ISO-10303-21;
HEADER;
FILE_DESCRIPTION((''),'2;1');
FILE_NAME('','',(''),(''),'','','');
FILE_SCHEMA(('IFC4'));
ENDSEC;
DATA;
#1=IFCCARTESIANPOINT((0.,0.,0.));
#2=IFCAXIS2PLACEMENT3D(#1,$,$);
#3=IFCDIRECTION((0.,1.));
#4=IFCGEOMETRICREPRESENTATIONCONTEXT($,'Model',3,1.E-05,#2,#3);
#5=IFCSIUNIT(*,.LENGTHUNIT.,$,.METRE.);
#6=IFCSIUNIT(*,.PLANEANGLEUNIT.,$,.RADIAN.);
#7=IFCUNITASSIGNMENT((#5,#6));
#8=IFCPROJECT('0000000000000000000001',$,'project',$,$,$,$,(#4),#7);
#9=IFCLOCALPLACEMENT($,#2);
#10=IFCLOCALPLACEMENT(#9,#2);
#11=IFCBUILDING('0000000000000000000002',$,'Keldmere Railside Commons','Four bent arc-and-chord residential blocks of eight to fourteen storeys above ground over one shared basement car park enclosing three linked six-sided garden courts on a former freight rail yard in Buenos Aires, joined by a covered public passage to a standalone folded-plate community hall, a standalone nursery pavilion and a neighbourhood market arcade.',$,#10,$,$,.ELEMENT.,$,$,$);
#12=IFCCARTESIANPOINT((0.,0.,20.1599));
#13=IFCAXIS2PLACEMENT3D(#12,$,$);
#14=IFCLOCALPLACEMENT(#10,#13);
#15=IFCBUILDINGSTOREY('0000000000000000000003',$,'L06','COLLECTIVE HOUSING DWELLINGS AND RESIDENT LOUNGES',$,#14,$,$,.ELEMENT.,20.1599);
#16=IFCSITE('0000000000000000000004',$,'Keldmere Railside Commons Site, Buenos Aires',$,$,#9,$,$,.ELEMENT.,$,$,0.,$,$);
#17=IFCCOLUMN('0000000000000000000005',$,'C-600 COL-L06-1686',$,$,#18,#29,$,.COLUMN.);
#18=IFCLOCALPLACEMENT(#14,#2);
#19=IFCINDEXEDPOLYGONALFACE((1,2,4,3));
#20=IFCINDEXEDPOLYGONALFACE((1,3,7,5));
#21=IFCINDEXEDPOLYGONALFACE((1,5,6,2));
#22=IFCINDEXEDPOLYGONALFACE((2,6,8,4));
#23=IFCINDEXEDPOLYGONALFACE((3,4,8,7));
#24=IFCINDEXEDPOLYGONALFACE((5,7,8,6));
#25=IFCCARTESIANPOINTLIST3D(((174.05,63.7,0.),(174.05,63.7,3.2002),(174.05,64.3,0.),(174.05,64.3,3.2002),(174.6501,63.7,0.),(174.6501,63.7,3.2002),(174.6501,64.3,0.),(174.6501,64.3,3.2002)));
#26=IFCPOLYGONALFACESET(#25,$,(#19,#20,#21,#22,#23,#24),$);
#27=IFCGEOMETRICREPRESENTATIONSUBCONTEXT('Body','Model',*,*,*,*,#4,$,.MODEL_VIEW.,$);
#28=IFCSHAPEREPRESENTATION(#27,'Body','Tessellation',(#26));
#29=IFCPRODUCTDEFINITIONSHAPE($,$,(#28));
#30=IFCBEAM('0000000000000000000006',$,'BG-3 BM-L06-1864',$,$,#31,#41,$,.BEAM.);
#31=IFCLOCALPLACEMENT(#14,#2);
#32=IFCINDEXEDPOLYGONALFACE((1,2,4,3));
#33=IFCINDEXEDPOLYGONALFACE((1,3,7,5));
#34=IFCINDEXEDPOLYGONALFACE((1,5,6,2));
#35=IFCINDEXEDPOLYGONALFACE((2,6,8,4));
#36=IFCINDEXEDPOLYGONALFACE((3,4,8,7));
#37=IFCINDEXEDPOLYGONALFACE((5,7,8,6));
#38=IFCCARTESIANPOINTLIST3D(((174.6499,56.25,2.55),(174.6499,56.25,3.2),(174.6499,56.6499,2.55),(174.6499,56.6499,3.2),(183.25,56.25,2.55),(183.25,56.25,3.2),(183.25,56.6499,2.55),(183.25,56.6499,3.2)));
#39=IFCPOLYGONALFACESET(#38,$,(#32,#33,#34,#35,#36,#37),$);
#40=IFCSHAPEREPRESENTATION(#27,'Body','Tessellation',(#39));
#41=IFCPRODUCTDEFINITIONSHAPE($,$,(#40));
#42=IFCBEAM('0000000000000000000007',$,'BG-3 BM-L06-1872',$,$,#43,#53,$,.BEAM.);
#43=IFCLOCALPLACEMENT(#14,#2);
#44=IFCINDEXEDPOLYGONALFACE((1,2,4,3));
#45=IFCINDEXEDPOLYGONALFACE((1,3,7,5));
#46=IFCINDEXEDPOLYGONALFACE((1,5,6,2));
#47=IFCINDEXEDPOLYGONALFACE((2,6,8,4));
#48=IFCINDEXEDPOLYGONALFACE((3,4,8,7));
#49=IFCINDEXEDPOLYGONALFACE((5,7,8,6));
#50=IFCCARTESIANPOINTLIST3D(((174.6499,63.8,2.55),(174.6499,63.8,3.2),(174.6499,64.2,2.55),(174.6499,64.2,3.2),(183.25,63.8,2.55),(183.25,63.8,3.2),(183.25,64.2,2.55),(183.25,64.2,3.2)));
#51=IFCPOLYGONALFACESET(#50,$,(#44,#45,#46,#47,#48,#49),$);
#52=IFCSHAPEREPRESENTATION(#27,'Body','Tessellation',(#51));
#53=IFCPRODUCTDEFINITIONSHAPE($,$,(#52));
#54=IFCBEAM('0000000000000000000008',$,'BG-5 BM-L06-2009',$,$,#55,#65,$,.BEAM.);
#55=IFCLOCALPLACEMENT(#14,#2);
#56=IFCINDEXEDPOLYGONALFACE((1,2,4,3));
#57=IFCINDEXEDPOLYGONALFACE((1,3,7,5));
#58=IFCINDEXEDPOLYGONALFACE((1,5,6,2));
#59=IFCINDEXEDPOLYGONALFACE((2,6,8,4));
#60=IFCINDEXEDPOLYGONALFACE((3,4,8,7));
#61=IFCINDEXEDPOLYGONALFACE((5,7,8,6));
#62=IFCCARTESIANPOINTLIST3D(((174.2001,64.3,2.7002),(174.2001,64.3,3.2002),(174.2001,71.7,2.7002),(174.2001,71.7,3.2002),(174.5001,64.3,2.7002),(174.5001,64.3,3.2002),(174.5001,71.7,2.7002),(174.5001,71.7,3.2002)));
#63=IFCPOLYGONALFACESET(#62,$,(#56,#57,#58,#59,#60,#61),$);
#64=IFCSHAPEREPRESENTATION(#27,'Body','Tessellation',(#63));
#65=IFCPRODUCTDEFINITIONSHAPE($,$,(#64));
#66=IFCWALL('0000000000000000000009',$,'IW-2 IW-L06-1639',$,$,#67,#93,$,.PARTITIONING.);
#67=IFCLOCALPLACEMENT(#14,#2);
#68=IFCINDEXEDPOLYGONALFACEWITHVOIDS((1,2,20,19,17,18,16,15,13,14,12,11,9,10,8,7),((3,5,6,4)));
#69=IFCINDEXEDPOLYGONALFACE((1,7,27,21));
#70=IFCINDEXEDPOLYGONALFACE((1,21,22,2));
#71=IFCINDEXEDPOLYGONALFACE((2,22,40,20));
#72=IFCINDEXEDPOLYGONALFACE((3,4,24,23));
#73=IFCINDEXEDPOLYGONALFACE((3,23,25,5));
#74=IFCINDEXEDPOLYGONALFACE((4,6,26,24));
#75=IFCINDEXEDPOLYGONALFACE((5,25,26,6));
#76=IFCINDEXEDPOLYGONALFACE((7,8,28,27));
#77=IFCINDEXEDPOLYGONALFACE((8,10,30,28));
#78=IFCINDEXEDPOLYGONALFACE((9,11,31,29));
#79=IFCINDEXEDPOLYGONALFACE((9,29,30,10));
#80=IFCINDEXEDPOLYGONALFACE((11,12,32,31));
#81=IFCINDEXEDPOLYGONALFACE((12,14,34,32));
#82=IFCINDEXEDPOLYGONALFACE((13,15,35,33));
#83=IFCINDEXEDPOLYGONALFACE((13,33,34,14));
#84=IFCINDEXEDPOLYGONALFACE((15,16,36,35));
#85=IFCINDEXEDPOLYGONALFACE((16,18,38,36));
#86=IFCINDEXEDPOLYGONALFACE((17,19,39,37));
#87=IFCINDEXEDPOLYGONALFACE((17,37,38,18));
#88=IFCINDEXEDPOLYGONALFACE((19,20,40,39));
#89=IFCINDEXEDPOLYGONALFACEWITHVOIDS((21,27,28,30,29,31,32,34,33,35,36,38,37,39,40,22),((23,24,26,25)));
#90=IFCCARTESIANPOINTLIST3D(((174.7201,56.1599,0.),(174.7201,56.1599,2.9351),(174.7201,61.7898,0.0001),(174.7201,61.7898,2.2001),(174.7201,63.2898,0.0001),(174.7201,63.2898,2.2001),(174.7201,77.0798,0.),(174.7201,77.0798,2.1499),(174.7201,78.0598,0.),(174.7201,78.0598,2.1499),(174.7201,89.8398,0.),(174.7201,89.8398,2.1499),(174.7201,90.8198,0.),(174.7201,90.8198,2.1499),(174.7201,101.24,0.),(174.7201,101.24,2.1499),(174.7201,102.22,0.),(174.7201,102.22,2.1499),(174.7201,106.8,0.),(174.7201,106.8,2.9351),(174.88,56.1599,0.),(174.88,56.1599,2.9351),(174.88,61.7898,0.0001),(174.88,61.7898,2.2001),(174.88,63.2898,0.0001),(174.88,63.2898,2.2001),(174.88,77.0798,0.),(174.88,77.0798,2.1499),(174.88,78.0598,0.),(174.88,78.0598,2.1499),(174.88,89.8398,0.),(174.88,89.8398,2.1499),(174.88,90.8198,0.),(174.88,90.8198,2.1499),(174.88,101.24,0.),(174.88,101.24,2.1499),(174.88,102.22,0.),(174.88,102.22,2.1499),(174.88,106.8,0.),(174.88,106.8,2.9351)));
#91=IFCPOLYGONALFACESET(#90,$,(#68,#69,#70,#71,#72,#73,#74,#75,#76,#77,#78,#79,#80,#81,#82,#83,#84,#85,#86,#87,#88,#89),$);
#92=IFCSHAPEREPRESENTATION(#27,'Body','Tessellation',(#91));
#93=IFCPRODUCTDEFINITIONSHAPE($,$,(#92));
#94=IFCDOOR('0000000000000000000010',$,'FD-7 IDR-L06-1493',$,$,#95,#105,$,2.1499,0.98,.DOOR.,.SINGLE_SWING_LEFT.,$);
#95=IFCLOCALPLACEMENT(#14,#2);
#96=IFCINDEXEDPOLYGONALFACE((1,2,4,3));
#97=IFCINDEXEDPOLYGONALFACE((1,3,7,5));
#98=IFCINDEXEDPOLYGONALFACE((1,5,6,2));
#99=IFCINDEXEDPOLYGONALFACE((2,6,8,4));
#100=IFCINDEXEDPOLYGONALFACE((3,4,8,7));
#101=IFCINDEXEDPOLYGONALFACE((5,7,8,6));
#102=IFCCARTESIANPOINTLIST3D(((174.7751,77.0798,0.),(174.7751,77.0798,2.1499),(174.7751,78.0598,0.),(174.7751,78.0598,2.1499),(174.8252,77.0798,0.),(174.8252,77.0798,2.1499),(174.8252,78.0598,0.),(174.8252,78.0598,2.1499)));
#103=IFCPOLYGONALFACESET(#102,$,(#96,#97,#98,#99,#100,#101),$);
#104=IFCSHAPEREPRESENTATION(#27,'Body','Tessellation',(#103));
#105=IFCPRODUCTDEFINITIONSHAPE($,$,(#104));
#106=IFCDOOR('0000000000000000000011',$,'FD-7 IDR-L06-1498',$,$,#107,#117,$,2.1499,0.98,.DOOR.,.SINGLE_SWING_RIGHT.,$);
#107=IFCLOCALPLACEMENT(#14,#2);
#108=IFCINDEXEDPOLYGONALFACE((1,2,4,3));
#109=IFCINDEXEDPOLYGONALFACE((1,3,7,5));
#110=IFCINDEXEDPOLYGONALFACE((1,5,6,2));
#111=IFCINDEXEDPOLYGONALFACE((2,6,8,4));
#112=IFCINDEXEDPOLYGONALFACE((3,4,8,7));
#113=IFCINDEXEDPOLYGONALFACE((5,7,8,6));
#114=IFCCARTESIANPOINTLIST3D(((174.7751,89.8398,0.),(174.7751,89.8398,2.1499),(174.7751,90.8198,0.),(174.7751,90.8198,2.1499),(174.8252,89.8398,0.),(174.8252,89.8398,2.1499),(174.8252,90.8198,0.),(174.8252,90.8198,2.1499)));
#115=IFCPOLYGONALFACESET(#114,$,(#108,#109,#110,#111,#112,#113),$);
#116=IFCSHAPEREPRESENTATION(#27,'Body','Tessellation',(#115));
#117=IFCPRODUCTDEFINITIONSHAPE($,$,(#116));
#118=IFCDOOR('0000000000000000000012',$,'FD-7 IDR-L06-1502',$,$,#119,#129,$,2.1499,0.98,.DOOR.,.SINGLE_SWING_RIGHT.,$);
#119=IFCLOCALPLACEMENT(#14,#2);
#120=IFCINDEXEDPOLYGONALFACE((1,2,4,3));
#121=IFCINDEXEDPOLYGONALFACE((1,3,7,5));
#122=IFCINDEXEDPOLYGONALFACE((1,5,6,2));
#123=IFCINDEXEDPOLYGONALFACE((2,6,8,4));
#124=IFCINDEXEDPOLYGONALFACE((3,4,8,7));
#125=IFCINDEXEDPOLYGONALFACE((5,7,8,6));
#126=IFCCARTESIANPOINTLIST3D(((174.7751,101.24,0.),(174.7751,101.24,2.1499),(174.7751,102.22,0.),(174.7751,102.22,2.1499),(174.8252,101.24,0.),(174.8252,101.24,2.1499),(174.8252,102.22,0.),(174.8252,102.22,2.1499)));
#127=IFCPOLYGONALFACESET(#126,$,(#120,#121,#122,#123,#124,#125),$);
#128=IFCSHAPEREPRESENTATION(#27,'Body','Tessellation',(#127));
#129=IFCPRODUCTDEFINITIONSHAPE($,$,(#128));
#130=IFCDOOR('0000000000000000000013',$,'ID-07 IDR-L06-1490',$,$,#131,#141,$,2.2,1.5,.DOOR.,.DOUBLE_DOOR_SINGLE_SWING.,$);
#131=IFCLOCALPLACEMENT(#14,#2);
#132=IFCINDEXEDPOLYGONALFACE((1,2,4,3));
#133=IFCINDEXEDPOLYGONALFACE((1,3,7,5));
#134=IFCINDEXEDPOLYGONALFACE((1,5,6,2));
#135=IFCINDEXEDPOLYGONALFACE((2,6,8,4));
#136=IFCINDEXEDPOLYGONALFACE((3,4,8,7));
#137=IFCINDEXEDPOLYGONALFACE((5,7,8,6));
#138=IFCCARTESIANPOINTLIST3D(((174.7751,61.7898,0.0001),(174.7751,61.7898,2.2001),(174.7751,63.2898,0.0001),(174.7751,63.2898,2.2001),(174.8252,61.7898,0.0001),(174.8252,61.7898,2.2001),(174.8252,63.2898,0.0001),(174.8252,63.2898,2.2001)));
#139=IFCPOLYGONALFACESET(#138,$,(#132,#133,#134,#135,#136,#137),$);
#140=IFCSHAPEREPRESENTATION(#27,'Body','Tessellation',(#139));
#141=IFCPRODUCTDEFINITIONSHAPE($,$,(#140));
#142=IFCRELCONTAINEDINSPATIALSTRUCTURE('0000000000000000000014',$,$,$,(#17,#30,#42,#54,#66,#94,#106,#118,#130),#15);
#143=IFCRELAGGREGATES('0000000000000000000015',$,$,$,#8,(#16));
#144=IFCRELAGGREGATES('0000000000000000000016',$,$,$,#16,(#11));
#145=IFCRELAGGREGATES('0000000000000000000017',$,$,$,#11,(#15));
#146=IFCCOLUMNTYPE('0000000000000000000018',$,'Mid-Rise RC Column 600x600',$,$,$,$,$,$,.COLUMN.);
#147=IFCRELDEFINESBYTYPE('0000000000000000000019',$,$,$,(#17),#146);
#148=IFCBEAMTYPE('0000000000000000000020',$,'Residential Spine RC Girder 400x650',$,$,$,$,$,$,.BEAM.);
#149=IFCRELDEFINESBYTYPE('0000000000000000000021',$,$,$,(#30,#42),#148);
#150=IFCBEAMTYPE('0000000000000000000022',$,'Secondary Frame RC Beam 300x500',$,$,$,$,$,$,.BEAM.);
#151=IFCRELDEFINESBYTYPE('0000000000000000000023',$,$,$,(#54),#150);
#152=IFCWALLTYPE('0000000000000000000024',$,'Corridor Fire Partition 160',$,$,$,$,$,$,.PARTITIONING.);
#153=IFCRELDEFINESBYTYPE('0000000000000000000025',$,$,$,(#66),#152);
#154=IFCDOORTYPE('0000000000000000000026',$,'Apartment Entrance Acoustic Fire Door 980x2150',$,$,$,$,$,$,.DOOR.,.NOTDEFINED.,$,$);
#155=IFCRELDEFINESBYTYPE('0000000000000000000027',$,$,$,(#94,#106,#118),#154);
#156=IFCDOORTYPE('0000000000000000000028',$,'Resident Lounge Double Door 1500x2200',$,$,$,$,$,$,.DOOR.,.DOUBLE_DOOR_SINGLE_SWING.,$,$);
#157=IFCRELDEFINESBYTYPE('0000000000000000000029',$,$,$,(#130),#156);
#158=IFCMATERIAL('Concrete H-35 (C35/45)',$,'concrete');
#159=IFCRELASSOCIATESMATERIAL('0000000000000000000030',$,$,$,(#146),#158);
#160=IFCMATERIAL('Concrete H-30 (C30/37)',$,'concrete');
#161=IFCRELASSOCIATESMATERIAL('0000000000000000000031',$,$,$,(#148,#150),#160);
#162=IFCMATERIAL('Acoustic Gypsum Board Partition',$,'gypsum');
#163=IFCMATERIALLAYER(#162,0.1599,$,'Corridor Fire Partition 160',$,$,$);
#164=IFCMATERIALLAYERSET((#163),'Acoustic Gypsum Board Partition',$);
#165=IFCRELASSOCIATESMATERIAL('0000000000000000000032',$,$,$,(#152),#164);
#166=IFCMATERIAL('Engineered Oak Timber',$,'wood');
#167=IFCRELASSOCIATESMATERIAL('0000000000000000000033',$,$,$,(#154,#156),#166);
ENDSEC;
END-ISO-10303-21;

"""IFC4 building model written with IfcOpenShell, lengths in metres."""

from ifc_helpers import new_model, si_unit, direction, frame, frame_2d, origin, origin_2d, place, context, subcontext, project, spatial, rectangle, extrude, material, layer, layer_set, material_profile, profile_set, type_object, element, fill, save


model = new_model("IFC4")

# Units and contexts
model_context = context("Model", 3, precision=1e-05, world=origin(), true_north=direction((0.0, 1.0)))
body_context = subcontext(model_context, "Body", "Model", "MODEL_VIEW")
ifc_project = project(units=[si_unit("LENGTHUNIT", "METRE"), si_unit("PLANEANGLEUNIT", "RADIAN")], contexts=[model_context])

# Site, building, storey
site_placement = place(None, origin())
site = spatial("IfcSite", under=ifc_project, at=site_placement, Name="Keldmere Railside Commons Site, Buenos Aires", CompositionType="ELEMENT", RefElevation=0.0)
building_placement = place(site_placement, origin())
building = spatial("IfcBuilding", under=site, at=building_placement, Name="Keldmere Railside Commons", Description="Four bent arc-and-chord residential blocks of eight to fourteen storeys above ground over one shared basement car park enclosing three linked six-sided garden courts on a former freight rail yard in Buenos Aires, joined by a covered public passage to a standalone folded-plate community hall, a standalone nursery pavilion and a neighbourhood market arcade.", CompositionType="ELEMENT")
storey_placement = place(building_placement, frame((0.0, 0.0, 20.1599)))
storey = spatial("IfcBuildingStorey", under=building, at=storey_placement, Name="L06", Description="COLLECTIVE HOUSING DWELLINGS AND RESIDENT LOUNGES", CompositionType="ELEMENT", Elevation=20.1599)

# Column
ifc_material_1 = material(Name="Concrete H-35 (C35/45)", Category="concrete")
ifc_material_profile_1 = material_profile(ifc_material_1, rectangle(XDim=0.6001, YDim=0.6001, at=origin_2d()), Name="RC-600x600")
ifc_profile_set_1 = profile_set([ifc_material_profile_1], Name="Concrete H-35 (C35/45)")
column_type = type_object("IfcColumnType", Name="Mid-Rise RC Column 600x600", PredefinedType="COLUMN", material=ifc_profile_set_1)
column_placement = place(storey_placement, frame((174.3501, 64.0, 0.0), z_axis=(0.0, 0.0, 1.0), x_axis=(1.0, 0.0, 0.0)))
element("IfcColumn", 1, at=column_placement, inside=storey, type_object=column_type, Name="C-600 COL-L06-1686", PredefinedType="COLUMN", context=body_context, shape_type="SweptSolid", body=[
    extrude(rectangle(XDim=0.6001, YDim=0.6001, at=origin_2d()), origin(), (0.0, 0.0, 1.0), 3.2002),
])

# Beams
ifc_material_2 = material(Name="Concrete H-30 (C30/37)", Category="concrete")
ifc_material_profile_2 = material_profile(ifc_material_2, rectangle(XDim=0.3999, YDim=0.6499, at=origin_2d()), Name="RC-400x650")
ifc_profile_set_2 = profile_set([ifc_material_profile_2], Name="Concrete H-30 (C30/37)")
beam_type_1 = type_object("IfcBeamType", Name="Residential Spine RC Girder 400x650", PredefinedType="BEAM", material=ifc_profile_set_2)
for number, where, z_axis, x_axis, name in (
    (2, (174.6499, 56.45, 2.875), (1.0, 0.0, 0.0), (0.0, 1.0, 0.0), "BG-3 BM-L06-1864"),
    (3, (174.6499, 64.0, 2.875), (1.0, 0.0, 0.0), (0.0, 1.0, 0.0), "BG-3 BM-L06-1872"),
):
    element("IfcBeam", number, at=place(storey_placement, frame(where, z_axis=z_axis, x_axis=x_axis)), inside=storey, type_object=beam_type_1, Name=name, PredefinedType="BEAM", context=body_context, shape_type="SweptSolid", body=[
        extrude(rectangle(XDim=0.3999, YDim=0.6499, at=origin_2d()), origin(), (0.0, 0.0, 1.0), 8.6001),
    ])
ifc_material_profile_3 = material_profile(ifc_material_2, rectangle(XDim=0.3, YDim=0.5, at=origin_2d()), Name="RC-300x500")
ifc_profile_set_3 = profile_set([ifc_material_profile_3], Name="Concrete H-30 (C30/37)")
beam_type_2 = type_object("IfcBeamType", Name="Secondary Frame RC Beam 300x500", PredefinedType="BEAM", material=ifc_profile_set_3)
beam_placement = place(storey_placement, frame((174.3501, 64.3, 2.9502), z_axis=(0.0, 1.0, 0.0), x_axis=(-1.0, 0.0, 0.0)))
element("IfcBeam", 4, at=beam_placement, inside=storey, type_object=beam_type_2, Name="BG-5 BM-L06-2009", PredefinedType="BEAM", context=body_context, shape_type="SweptSolid", body=[
    extrude(rectangle(XDim=0.3, YDim=0.5, at=origin_2d()), origin(), (0.0, 0.0, 1.0), 7.3999),
])

# Wall, openings, doors
ifc_material_3 = material(Name="Acoustic Gypsum Board Partition", Category="gypsum")
ifc_layer = layer(ifc_material_3, 0.1599, Name="Corridor Fire Partition 160")
ifc_layer_set = layer_set([ifc_layer], Name="Acoustic Gypsum Board Partition")
wall_type = type_object("IfcWallType", Name="Corridor Fire Partition 160", PredefinedType="PARTITIONING", material=ifc_layer_set)
wall_1_placement = place(storey_placement, frame((174.8, 56.1599, 0.0), z_axis=(0.0, 0.0, 1.0), x_axis=(0.0, 1.0, 0.0)))
wall_1 = element("IfcWall", 5, at=wall_1_placement, inside=storey, type_object=wall_type, Name="IW-2 IW-L06-1639", PredefinedType="PARTITIONING", context=body_context, shape_type="SweptSolid", body=[
    extrude(rectangle(XDim=50.6401, YDim=0.1599, at=frame_2d((25.3201, 0.0))), origin(), (0.0, 0.0, 1.0), 2.9351),
])
opening_1_placement = place(wall_1_placement, frame((5.6299, 0.0, 0.0)))
opening_1 = element("IfcOpeningElement", 6, at=opening_1_placement, cuts=wall_1, PredefinedType="OPENING", context=body_context, shape_type="SweptSolid", body=[
    extrude(rectangle(XDim=1.5, YDim=2.2, at=frame_2d((0.75, 1.1001))), frame((0.0, 0.0898, 0.0), z_axis=(0.0, -1.0, 0.0), x_axis=(1.0, 0.0, 0.0)), (0.0, 0.0, 1.0), 0.1799),
])
opening_2_placement = place(wall_1_placement, frame((20.9199, 0.0, 0.0)))
opening_2 = element("IfcOpeningElement", 7, at=opening_2_placement, cuts=wall_1, PredefinedType="OPENING", context=body_context, shape_type="SweptSolid", body=[
    extrude(rectangle(XDim=0.98, YDim=2.1499, at=frame_2d((0.49, 1.075))), frame((0.0, 0.0898, 0.0), z_axis=(0.0, -1.0, 0.0), x_axis=(1.0, 0.0, 0.0)), (0.0, 0.0, 1.0), 0.1799),
])
opening_3_placement = place(wall_1_placement, frame((33.6799, 0.0, 0.0)))
opening_3 = element("IfcOpeningElement", 8, at=opening_3_placement, cuts=wall_1, PredefinedType="OPENING", context=body_context, shape_type="SweptSolid", body=[
    extrude(rectangle(XDim=0.98, YDim=2.1499, at=frame_2d((0.49, 1.075))), frame((0.0, 0.0898, 0.0), z_axis=(0.0, -1.0, 0.0), x_axis=(1.0, 0.0, 0.0)), (0.0, 0.0, 1.0), 0.1799),
])
opening_4_placement = place(wall_1_placement, frame((45.0801, 0.0, 0.0)))
opening_4 = element("IfcOpeningElement", 9, at=opening_4_placement, cuts=wall_1, PredefinedType="OPENING", context=body_context, shape_type="SweptSolid", body=[
    extrude(rectangle(XDim=0.98, YDim=2.1499, at=frame_2d((0.49, 1.075))), frame((0.0, 0.0898, 0.0), z_axis=(0.0, -1.0, 0.0), x_axis=(1.0, 0.0, 0.0)), (0.0, 0.0, 1.0), 0.1799),
])
ifc_material_4 = material(Name="Engineered Oak Timber", Category="wood")
door_type_1 = type_object("IfcDoorType", Name="Apartment Entrance Acoustic Fire Door 980x2150", OperationType="NOTDEFINED", PredefinedType="DOOR", material=ifc_material_4)
door_1_placement = place(opening_2_placement, origin())
door_1 = element("IfcDoor", 10, at=door_1_placement, inside=storey, type_object=door_type_1, Name="FD-7 IDR-L06-1493", OperationType="SINGLE_SWING_LEFT", OverallHeight=2.1499, OverallWidth=0.98, PredefinedType="DOOR", context=body_context, shape_type="SweptSolid", body=[
    extrude(rectangle(XDim=0.98, YDim=2.1499, at=frame_2d((0.49, 1.075))), frame((0.0, 0.0249, 0.0), z_axis=(0.0, -1.0, 0.0), x_axis=(1.0, 0.0, 0.0)), (0.0, 0.0, 1.0), 0.05),
])
fill(opening_2, door_1)
door_2_placement = place(opening_3_placement, origin())
door_2 = element("IfcDoor", 11, at=door_2_placement, inside=storey, type_object=door_type_1, Name="FD-7 IDR-L06-1498", OperationType="SINGLE_SWING_RIGHT", OverallHeight=2.1499, OverallWidth=0.98, PredefinedType="DOOR", context=body_context, shape_type="SweptSolid", body=[
    extrude(rectangle(XDim=0.98, YDim=2.1499, at=frame_2d((0.49, 1.075))), frame((0.0, 0.0249, 0.0), z_axis=(0.0, -1.0, 0.0), x_axis=(1.0, 0.0, 0.0)), (0.0, 0.0, 1.0), 0.05),
])
fill(opening_3, door_2)
door_3_placement = place(opening_4_placement, origin())
door_3 = element("IfcDoor", 12, at=door_3_placement, inside=storey, type_object=door_type_1, Name="FD-7 IDR-L06-1502", OperationType="SINGLE_SWING_RIGHT", OverallHeight=2.1499, OverallWidth=0.98, PredefinedType="DOOR", context=body_context, shape_type="SweptSolid", body=[
    extrude(rectangle(XDim=0.98, YDim=2.1499, at=frame_2d((0.49, 1.075))), frame((0.0, 0.0249, 0.0), z_axis=(0.0, -1.0, 0.0), x_axis=(1.0, 0.0, 0.0)), (0.0, 0.0, 1.0), 0.05),
])
fill(opening_4, door_3)
door_type_2 = type_object("IfcDoorType", Name="Resident Lounge Double Door 1500x2200", OperationType="DOUBLE_DOOR_SINGLE_SWING", PredefinedType="DOOR", material=ifc_material_4)
door_4_placement = place(opening_1_placement, origin())
door_4 = element("IfcDoor", 13, at=door_4_placement, inside=storey, type_object=door_type_2, Name="ID-07 IDR-L06-1490", OperationType="DOUBLE_DOOR_SINGLE_SWING", OverallHeight=2.2, OverallWidth=1.5, PredefinedType="DOOR", context=body_context, shape_type="SweptSolid", body=[
    extrude(rectangle(XDim=1.5, YDim=2.2, at=frame_2d((0.75, 1.1001))), frame((0.0, 0.0249, 0.0), z_axis=(0.0, -1.0, 0.0), x_axis=(1.0, 0.0, 0.0)), (0.0, 0.0, 1.0), 0.05),
])
fill(opening_1, door_4)

save(model, "model.ifc")
